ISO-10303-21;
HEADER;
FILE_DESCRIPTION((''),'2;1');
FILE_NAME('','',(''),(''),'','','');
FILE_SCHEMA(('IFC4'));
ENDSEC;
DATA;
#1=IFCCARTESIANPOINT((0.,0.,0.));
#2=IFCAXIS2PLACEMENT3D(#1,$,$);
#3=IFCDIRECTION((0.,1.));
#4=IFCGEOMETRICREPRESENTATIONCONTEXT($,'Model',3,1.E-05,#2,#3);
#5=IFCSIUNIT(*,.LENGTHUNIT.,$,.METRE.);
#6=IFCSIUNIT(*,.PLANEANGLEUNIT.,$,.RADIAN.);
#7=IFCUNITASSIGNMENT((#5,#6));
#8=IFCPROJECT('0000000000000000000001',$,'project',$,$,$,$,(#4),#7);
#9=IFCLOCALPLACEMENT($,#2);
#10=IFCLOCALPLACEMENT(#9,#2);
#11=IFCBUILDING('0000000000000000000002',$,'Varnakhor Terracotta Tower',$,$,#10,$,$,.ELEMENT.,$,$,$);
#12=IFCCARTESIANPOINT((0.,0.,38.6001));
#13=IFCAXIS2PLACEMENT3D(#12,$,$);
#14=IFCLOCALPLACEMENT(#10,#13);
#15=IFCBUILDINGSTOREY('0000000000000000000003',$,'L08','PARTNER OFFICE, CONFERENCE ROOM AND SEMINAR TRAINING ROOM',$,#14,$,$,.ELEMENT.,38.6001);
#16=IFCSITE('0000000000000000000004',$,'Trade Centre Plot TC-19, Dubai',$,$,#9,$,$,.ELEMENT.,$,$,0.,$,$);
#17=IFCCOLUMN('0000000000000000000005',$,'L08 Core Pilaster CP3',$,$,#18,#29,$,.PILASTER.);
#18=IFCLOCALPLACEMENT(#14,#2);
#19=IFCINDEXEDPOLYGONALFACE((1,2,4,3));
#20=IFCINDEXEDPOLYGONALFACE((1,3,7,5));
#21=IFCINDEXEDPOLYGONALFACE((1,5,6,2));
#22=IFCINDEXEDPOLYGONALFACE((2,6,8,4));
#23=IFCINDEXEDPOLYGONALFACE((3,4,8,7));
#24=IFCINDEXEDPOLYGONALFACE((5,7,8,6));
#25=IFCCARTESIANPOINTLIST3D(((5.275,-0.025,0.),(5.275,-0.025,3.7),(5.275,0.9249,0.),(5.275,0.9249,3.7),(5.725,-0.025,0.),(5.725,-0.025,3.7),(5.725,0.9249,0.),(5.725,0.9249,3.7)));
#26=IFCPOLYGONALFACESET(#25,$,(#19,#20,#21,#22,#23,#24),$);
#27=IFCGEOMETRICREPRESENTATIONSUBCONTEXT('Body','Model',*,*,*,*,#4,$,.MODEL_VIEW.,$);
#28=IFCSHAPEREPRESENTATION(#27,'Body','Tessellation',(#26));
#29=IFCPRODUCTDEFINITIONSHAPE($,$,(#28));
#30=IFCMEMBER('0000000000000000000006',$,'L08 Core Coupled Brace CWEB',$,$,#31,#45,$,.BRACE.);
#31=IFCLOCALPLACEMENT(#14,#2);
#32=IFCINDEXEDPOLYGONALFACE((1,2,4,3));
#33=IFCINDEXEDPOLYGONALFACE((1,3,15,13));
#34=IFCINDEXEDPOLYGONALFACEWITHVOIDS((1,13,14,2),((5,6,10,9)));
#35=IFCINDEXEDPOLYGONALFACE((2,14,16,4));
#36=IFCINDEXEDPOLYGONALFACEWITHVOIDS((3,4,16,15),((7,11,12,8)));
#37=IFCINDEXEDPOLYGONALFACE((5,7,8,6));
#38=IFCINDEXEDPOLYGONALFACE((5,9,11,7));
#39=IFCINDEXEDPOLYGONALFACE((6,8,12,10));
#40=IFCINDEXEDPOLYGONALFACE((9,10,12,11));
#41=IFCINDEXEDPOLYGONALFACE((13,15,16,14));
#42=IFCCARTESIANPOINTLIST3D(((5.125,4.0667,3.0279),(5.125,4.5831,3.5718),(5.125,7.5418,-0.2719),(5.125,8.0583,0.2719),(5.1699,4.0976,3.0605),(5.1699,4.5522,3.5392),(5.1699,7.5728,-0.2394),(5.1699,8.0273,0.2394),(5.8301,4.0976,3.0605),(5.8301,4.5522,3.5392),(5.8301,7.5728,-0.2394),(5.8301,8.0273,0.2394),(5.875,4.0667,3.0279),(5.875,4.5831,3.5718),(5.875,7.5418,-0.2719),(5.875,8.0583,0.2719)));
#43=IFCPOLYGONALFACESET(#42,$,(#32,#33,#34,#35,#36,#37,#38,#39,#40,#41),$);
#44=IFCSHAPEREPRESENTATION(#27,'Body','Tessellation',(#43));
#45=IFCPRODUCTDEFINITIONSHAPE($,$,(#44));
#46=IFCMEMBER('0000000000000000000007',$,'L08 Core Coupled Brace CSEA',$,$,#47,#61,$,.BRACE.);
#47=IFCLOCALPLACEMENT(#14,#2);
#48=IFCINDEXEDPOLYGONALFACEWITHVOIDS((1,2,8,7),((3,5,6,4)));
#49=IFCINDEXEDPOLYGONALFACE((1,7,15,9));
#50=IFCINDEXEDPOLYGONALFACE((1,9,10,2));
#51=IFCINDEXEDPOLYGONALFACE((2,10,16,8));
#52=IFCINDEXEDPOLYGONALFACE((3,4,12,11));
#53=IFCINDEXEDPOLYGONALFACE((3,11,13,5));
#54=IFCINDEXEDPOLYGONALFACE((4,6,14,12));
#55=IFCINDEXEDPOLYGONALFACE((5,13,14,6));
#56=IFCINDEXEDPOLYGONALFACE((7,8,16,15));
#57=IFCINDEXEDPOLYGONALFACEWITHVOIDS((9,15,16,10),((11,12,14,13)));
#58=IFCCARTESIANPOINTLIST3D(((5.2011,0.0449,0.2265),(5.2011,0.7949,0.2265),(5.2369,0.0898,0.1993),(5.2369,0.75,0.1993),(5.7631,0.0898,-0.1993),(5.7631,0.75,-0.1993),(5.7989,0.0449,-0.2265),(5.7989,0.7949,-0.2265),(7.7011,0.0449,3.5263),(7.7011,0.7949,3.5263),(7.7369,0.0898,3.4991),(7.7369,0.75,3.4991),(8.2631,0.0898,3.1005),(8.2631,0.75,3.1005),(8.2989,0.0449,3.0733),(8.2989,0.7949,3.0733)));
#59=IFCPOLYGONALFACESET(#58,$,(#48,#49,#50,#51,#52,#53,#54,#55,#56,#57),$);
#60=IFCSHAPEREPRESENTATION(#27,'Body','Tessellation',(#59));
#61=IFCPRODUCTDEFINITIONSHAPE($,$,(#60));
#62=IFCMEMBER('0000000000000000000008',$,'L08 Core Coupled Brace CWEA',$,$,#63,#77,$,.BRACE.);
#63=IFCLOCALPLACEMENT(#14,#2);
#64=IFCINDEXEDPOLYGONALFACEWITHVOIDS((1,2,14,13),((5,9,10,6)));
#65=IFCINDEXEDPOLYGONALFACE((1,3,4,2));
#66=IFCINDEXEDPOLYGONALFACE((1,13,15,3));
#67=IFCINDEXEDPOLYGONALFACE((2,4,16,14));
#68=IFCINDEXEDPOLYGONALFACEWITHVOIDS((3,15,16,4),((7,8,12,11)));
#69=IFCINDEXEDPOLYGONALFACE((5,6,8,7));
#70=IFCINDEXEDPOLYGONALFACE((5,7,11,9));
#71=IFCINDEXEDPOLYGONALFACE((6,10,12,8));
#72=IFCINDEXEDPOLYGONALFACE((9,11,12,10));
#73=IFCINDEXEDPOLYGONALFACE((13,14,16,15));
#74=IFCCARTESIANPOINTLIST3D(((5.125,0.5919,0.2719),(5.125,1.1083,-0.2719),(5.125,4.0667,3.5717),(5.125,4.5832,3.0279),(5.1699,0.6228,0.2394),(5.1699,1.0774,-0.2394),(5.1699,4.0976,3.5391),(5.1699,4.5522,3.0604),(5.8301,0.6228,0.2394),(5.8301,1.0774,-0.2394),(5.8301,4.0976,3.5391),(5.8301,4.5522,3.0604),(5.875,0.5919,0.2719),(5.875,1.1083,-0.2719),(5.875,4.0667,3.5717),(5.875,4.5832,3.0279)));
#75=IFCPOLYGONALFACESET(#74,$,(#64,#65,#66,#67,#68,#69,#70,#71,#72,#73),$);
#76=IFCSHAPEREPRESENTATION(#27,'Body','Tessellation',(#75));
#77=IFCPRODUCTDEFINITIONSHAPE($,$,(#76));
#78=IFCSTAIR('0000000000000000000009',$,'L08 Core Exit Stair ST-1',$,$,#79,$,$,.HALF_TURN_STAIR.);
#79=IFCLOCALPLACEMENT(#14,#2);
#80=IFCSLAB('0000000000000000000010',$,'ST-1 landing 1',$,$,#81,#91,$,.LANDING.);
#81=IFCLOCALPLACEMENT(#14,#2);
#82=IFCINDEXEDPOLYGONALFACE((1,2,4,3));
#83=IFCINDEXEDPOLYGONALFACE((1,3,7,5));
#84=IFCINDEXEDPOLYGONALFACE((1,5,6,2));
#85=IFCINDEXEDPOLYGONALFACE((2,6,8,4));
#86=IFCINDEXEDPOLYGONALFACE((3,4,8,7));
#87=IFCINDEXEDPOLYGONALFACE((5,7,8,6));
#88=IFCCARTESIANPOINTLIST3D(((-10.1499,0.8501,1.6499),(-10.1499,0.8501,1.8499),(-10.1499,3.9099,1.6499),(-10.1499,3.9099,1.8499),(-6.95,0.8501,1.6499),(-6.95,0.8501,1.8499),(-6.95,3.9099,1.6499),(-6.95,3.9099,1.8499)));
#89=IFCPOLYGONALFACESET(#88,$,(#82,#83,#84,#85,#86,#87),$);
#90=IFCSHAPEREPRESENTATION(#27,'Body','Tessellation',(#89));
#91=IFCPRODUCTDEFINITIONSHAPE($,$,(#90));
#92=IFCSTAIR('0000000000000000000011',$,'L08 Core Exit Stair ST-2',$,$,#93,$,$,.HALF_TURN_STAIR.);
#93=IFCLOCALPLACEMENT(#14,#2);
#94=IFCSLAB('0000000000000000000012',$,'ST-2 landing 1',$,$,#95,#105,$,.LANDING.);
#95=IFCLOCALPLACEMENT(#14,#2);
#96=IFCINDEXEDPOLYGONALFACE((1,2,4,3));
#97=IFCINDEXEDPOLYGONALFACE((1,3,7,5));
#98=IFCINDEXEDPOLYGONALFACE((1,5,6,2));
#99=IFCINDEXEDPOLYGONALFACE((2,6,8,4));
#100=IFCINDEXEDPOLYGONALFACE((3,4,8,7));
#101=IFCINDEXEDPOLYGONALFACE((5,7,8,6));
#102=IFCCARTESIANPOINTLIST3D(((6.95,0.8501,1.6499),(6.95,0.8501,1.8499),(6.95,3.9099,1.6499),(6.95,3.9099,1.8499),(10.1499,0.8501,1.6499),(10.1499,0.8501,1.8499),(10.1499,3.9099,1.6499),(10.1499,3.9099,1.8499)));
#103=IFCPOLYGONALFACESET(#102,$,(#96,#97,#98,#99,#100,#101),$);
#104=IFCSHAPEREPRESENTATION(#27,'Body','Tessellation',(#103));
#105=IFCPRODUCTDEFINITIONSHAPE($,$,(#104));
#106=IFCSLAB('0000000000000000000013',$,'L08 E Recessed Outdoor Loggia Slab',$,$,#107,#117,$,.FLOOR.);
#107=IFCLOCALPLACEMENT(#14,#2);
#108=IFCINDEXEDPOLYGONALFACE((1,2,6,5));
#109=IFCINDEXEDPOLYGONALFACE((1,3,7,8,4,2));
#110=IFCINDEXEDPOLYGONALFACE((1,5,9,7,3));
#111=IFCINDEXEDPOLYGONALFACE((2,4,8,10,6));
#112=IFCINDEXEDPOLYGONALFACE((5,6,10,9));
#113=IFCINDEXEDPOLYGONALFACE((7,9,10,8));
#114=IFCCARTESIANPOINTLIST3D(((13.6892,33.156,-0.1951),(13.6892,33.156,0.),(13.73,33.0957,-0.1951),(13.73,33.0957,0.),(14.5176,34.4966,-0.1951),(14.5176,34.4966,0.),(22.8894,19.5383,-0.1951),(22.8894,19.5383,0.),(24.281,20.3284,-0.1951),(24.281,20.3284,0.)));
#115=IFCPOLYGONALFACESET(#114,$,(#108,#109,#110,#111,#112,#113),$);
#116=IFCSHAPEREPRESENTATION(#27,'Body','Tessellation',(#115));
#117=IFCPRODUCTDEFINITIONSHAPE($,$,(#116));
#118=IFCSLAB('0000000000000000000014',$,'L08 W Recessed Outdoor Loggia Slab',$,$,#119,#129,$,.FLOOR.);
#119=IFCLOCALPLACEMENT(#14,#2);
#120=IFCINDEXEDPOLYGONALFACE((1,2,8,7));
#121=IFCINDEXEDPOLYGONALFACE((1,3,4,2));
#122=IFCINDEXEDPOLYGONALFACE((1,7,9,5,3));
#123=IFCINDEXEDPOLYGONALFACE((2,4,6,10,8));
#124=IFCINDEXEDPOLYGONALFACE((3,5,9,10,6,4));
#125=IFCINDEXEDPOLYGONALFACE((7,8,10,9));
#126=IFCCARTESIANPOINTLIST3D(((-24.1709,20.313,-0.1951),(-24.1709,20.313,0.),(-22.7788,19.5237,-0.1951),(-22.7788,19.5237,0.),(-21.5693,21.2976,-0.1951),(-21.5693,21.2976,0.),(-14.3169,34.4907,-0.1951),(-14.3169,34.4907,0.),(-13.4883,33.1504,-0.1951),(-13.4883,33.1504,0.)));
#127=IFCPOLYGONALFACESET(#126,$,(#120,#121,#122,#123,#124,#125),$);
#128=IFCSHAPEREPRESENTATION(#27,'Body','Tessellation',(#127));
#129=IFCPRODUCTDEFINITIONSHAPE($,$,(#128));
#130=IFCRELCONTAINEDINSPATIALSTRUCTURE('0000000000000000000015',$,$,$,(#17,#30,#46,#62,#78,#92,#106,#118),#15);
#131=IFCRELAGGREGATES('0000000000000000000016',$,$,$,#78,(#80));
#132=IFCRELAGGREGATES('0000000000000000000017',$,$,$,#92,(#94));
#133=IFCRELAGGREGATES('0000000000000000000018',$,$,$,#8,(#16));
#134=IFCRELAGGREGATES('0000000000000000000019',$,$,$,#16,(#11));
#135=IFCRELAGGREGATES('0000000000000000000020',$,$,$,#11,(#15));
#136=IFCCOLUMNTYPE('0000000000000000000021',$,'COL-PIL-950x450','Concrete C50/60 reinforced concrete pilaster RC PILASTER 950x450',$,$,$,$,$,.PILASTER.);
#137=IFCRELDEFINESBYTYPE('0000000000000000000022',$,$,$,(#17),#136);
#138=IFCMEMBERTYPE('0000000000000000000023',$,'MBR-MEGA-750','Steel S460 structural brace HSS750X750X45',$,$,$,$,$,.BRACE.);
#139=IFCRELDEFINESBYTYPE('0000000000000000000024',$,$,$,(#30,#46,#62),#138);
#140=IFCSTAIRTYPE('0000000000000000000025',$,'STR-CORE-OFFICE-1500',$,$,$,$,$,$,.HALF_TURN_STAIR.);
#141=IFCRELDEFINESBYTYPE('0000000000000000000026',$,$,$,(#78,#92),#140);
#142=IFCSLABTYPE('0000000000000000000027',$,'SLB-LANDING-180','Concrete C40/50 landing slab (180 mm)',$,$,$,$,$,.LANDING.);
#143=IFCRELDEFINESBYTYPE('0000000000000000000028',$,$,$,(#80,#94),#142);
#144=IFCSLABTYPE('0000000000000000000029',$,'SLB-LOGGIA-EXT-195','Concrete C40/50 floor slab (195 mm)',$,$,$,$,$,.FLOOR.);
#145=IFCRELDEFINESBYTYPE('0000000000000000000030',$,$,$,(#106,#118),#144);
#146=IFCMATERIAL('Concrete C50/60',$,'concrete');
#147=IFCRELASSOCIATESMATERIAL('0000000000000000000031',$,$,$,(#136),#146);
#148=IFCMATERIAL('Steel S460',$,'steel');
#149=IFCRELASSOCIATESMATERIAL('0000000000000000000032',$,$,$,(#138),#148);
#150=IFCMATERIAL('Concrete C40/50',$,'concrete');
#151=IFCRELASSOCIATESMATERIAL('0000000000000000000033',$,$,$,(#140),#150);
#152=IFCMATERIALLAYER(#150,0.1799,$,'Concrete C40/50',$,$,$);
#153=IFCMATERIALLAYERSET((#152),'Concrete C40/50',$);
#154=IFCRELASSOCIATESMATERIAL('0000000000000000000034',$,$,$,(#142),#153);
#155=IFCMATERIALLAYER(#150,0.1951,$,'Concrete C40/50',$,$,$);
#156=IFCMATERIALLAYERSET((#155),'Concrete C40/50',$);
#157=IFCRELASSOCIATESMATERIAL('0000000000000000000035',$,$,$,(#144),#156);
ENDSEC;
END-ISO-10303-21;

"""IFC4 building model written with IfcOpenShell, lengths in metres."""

from ifc_helpers import new_model, si_unit, direction, frame, origin, origin_2d, place, context, subcontext, project, spatial, polyline, rectangle, hollow_rectangle, outline, extrude, source, transform, mapped, material, layer, layer_set, material_profile, profile_set, type_object, element, aggregate, save


model = new_model("IFC4")

# Units and contexts
model_context = context("Model", 3, precision=1e-05, world=origin(), true_north=direction((0.0, 1.0)))
body_context = subcontext(model_context, "Body", "Model", "MODEL_VIEW")
ifc_project = project(units=[si_unit("LENGTHUNIT", "METRE"), si_unit("PLANEANGLEUNIT", "RADIAN")], contexts=[model_context])

# Site, building, storey
site_placement = place(None, origin())
site = spatial("IfcSite", under=ifc_project, at=site_placement, Name="Trade Centre Plot TC-19, Dubai", CompositionType="ELEMENT", RefElevation=0.0)
building_placement = place(site_placement, origin())
building = spatial("IfcBuilding", under=site, at=building_placement, Name="Varnakhor Terracotta Tower", CompositionType="ELEMENT")
storey_placement = place(building_placement, frame((0.0, 0.0, 38.6001)))
storey = spatial("IfcBuildingStorey", under=building, at=storey_placement, Name="L08", Description="PARTNER OFFICE, CONFERENCE ROOM AND SEMINAR TRAINING ROOM", CompositionType="ELEMENT", Elevation=38.6001)

# Column
ifc_material_1 = material(Name="Concrete C50/60", Category="concrete")
ifc_material_profile_1 = material_profile(ifc_material_1, rectangle(XDim=0.45, YDim=0.95, at=origin_2d()), Name="RC PILASTER 950x450")
ifc_profile_set_1 = profile_set([ifc_material_profile_1], Name="Concrete C50/60")
column_type = type_object("IfcColumnType", Name="COL-PIL-950x450", Description="Concrete C50/60 reinforced concrete pilaster RC PILASTER 950x450", PredefinedType="PILASTER", material=ifc_profile_set_1)
shared_shape_1 = source(origin(), body_context, "Body", "SweptSolid", [
    extrude(rectangle(XDim=0.45, YDim=0.95, at=origin_2d()), origin(), (0.0, 0.0, 1.0), 3.7),
])
column_placement = place(storey_placement, frame((5.5, 0.45, 0.0), z_axis=(0.0, 0.0, 1.0), x_axis=(1.0, 0.0, 0.0)))
element("IfcColumn", 1, at=column_placement, inside=storey, type_object=column_type, Name="L08 Core Pilaster CP3", PredefinedType="PILASTER", context=body_context, shape_type="MappedRepresentation", body=[
    mapped(shared_shape_1, transform((0.0, 0.0, 0.0), scale=1.0)),
])

# Members
ifc_material_2 = material(Name="Steel S460", Category="steel")
ifc_material_profile_2 = material_profile(ifc_material_2, hollow_rectangle(XDim=0.75, YDim=0.75, WallThickness=0.0449, at=origin_2d()), Name="HSS750X750X45")
ifc_profile_set_2 = profile_set([ifc_material_profile_2], Name="Steel S460")
member_type = type_object("IfcMemberType", Name="MBR-MEGA-750", Description="Steel S460 structural brace HSS750X750X45", PredefinedType="BRACE", material=ifc_profile_set_2)
shared_shape_2 = source(origin(), body_context, "Body", "SweptSolid", [
    extrude(hollow_rectangle(XDim=0.75, YDim=0.75, WallThickness=0.0449, at=origin_2d()), origin(), (0.0, 0.0, 1.0), 4.7922),
])
member_1_placement = place(storey_placement, frame((5.5, 7.8, 0.0), z_axis=(0.0, -0.72516, 0.688581), x_axis=(1.0, 0.0, 0.0)))
element("IfcMember", 2, at=member_1_placement, inside=storey, type_object=member_type, Name="L08 Core Coupled Brace CWEB", PredefinedType="BRACE", context=body_context, shape_type="MappedRepresentation", body=[
    mapped(shared_shape_2, transform((0.0, 0.0, 0.0), scale=1.0)),
])
shared_shape_3 = source(origin(), body_context, "Body", "SweptSolid", [
    extrude(hollow_rectangle(XDim=0.75, YDim=0.75, WallThickness=0.0449, at=origin_2d()), origin(), (0.0, 0.0, 1.0), 4.1399),
])
member_2_placement = place(storey_placement, frame((5.5, 0.4199, 0.0), z_axis=(0.60388, 0.0, 0.797075), x_axis=(0.0, 1.0, 0.0)))
element("IfcMember", 3, at=member_2_placement, inside=storey, type_object=member_type, Name="L08 Core Coupled Brace CSEA", PredefinedType="BRACE", context=body_context, shape_type="MappedRepresentation", body=[
    mapped(shared_shape_3, transform((0.0, 0.0, 0.0), scale=1.0)),
])
shared_shape_4 = source(origin(), body_context, "Body", "SweptSolid", [
    extrude(hollow_rectangle(XDim=0.75, YDim=0.75, WallThickness=0.0449, at=origin_2d()), origin(), (0.0, 0.0, 1.0), 4.792),
])
member_3_placement = place(storey_placement, frame((5.5, 0.8501, 0.0), z_axis=(0.0, 0.725136, 0.688606), x_axis=(-1.0, 0.0, 0.0)))
element("IfcMember", 4, at=member_3_placement, inside=storey, type_object=member_type, Name="L08 Core Coupled Brace CWEA", PredefinedType="BRACE", context=body_context, shape_type="MappedRepresentation", body=[
    mapped(shared_shape_4, transform((0.0, 0.0, 0.0), scale=1.0)),
])

# Stairs, slabs
ifc_material_3 = material(Name="Concrete C40/50", Category="concrete")
stair_type = type_object("IfcStairType", Name="STR-CORE-OFFICE-1500", PredefinedType="HALF_TURN_STAIR", material=ifc_material_3)
stair_1_placement = place(storey_placement, origin())
stair_1 = element("IfcStair", 5, at=stair_1_placement, inside=storey, type_object=stair_type, Name="L08 Core Exit Stair ST-1", PredefinedType="HALF_TURN_STAIR")
ifc_layer_1 = layer(ifc_material_3, 0.1799, Name="Concrete C40/50")
ifc_layer_set_1 = layer_set([ifc_layer_1], Name="Concrete C40/50")
slab_type_1 = type_object("IfcSlabType", Name="SLB-LANDING-180", Description="Concrete C40/50 landing slab (180 mm)", PredefinedType="LANDING", material=ifc_layer_set_1)
slab_1_placement = place(storey_placement, frame((0.0, 0.0, 1.6499)))
slab_1 = element("IfcSlab", 6, at=slab_1_placement, type_object=slab_type_1, Name="ST-1 landing 1", PredefinedType="LANDING", context=body_context, shape_type="SweptSolid", body=[
    extrude(outline(polyline([(-10.1499, 3.9099), (-10.1499, 0.8501), (-6.95, 0.8501), (-6.95, 3.9099), (-10.1499, 3.9099)])), origin(), (0.0, 0.0, 1.0), 0.2),
])
aggregate(stair_1, [slab_1])
stair_2_placement = place(storey_placement, origin())
stair_2 = element("IfcStair", 7, at=stair_2_placement, inside=storey, type_object=stair_type, Name="L08 Core Exit Stair ST-2", PredefinedType="HALF_TURN_STAIR")
slab_2_placement = place(storey_placement, frame((0.0, 0.0, 1.6499)))
slab_2 = element("IfcSlab", 8, at=slab_2_placement, type_object=slab_type_1, Name="ST-2 landing 1", PredefinedType="LANDING", context=body_context, shape_type="SweptSolid", body=[
    extrude(outline(polyline([(6.95, 3.9099), (6.95, 0.8501), (10.1499, 0.8501), (10.1499, 3.9099), (6.95, 3.9099)])), origin(), (0.0, 0.0, 1.0), 0.2),
])

# Slabs
ifc_layer_2 = layer(ifc_material_3, 0.1951, Name="Concrete C40/50")
ifc_layer_set_2 = layer_set([ifc_layer_2], Name="Concrete C40/50")
slab_type_2 = type_object("IfcSlabType", Name="SLB-LOGGIA-EXT-195", Description="Concrete C40/50 floor slab (195 mm)", PredefinedType="FLOOR", material=ifc_layer_set_2)
slab_3_placement = place(storey_placement, frame((0.0, 0.0, -0.1951)))
element("IfcSlab", 9, at=slab_3_placement, inside=storey, type_object=slab_type_2, Name="L08 E Recessed Outdoor Loggia Slab", PredefinedType="FLOOR", context=body_context, shape_type="SweptSolid", body=[
    extrude(outline(polyline([(14.5176, 34.4966), (24.281, 20.3284), (22.8894, 19.5383), (13.73, 33.0957), (13.6892, 33.156), (14.5176, 34.4966)])), origin(), (0.0, 0.0, 1.0), 0.1951),
])
slab_4_placement = place(storey_placement, frame((0.0, 0.0, -0.1951)))
element("IfcSlab", 10, at=slab_4_placement, inside=storey, type_object=slab_type_2, Name="L08 W Recessed Outdoor Loggia Slab", PredefinedType="FLOOR", context=body_context, shape_type="SweptSolid", body=[
    extrude(outline(polyline([(-24.1709, 20.313), (-14.3169, 34.4907), (-13.4883, 33.1504), (-21.5693, 21.2976), (-22.7788, 19.5237), (-24.1709, 20.313)])), origin(), (0.0, 0.0, 1.0), 0.1951),
])

aggregate(stair_2, [slab_2])

save(model, "model.ifc")
